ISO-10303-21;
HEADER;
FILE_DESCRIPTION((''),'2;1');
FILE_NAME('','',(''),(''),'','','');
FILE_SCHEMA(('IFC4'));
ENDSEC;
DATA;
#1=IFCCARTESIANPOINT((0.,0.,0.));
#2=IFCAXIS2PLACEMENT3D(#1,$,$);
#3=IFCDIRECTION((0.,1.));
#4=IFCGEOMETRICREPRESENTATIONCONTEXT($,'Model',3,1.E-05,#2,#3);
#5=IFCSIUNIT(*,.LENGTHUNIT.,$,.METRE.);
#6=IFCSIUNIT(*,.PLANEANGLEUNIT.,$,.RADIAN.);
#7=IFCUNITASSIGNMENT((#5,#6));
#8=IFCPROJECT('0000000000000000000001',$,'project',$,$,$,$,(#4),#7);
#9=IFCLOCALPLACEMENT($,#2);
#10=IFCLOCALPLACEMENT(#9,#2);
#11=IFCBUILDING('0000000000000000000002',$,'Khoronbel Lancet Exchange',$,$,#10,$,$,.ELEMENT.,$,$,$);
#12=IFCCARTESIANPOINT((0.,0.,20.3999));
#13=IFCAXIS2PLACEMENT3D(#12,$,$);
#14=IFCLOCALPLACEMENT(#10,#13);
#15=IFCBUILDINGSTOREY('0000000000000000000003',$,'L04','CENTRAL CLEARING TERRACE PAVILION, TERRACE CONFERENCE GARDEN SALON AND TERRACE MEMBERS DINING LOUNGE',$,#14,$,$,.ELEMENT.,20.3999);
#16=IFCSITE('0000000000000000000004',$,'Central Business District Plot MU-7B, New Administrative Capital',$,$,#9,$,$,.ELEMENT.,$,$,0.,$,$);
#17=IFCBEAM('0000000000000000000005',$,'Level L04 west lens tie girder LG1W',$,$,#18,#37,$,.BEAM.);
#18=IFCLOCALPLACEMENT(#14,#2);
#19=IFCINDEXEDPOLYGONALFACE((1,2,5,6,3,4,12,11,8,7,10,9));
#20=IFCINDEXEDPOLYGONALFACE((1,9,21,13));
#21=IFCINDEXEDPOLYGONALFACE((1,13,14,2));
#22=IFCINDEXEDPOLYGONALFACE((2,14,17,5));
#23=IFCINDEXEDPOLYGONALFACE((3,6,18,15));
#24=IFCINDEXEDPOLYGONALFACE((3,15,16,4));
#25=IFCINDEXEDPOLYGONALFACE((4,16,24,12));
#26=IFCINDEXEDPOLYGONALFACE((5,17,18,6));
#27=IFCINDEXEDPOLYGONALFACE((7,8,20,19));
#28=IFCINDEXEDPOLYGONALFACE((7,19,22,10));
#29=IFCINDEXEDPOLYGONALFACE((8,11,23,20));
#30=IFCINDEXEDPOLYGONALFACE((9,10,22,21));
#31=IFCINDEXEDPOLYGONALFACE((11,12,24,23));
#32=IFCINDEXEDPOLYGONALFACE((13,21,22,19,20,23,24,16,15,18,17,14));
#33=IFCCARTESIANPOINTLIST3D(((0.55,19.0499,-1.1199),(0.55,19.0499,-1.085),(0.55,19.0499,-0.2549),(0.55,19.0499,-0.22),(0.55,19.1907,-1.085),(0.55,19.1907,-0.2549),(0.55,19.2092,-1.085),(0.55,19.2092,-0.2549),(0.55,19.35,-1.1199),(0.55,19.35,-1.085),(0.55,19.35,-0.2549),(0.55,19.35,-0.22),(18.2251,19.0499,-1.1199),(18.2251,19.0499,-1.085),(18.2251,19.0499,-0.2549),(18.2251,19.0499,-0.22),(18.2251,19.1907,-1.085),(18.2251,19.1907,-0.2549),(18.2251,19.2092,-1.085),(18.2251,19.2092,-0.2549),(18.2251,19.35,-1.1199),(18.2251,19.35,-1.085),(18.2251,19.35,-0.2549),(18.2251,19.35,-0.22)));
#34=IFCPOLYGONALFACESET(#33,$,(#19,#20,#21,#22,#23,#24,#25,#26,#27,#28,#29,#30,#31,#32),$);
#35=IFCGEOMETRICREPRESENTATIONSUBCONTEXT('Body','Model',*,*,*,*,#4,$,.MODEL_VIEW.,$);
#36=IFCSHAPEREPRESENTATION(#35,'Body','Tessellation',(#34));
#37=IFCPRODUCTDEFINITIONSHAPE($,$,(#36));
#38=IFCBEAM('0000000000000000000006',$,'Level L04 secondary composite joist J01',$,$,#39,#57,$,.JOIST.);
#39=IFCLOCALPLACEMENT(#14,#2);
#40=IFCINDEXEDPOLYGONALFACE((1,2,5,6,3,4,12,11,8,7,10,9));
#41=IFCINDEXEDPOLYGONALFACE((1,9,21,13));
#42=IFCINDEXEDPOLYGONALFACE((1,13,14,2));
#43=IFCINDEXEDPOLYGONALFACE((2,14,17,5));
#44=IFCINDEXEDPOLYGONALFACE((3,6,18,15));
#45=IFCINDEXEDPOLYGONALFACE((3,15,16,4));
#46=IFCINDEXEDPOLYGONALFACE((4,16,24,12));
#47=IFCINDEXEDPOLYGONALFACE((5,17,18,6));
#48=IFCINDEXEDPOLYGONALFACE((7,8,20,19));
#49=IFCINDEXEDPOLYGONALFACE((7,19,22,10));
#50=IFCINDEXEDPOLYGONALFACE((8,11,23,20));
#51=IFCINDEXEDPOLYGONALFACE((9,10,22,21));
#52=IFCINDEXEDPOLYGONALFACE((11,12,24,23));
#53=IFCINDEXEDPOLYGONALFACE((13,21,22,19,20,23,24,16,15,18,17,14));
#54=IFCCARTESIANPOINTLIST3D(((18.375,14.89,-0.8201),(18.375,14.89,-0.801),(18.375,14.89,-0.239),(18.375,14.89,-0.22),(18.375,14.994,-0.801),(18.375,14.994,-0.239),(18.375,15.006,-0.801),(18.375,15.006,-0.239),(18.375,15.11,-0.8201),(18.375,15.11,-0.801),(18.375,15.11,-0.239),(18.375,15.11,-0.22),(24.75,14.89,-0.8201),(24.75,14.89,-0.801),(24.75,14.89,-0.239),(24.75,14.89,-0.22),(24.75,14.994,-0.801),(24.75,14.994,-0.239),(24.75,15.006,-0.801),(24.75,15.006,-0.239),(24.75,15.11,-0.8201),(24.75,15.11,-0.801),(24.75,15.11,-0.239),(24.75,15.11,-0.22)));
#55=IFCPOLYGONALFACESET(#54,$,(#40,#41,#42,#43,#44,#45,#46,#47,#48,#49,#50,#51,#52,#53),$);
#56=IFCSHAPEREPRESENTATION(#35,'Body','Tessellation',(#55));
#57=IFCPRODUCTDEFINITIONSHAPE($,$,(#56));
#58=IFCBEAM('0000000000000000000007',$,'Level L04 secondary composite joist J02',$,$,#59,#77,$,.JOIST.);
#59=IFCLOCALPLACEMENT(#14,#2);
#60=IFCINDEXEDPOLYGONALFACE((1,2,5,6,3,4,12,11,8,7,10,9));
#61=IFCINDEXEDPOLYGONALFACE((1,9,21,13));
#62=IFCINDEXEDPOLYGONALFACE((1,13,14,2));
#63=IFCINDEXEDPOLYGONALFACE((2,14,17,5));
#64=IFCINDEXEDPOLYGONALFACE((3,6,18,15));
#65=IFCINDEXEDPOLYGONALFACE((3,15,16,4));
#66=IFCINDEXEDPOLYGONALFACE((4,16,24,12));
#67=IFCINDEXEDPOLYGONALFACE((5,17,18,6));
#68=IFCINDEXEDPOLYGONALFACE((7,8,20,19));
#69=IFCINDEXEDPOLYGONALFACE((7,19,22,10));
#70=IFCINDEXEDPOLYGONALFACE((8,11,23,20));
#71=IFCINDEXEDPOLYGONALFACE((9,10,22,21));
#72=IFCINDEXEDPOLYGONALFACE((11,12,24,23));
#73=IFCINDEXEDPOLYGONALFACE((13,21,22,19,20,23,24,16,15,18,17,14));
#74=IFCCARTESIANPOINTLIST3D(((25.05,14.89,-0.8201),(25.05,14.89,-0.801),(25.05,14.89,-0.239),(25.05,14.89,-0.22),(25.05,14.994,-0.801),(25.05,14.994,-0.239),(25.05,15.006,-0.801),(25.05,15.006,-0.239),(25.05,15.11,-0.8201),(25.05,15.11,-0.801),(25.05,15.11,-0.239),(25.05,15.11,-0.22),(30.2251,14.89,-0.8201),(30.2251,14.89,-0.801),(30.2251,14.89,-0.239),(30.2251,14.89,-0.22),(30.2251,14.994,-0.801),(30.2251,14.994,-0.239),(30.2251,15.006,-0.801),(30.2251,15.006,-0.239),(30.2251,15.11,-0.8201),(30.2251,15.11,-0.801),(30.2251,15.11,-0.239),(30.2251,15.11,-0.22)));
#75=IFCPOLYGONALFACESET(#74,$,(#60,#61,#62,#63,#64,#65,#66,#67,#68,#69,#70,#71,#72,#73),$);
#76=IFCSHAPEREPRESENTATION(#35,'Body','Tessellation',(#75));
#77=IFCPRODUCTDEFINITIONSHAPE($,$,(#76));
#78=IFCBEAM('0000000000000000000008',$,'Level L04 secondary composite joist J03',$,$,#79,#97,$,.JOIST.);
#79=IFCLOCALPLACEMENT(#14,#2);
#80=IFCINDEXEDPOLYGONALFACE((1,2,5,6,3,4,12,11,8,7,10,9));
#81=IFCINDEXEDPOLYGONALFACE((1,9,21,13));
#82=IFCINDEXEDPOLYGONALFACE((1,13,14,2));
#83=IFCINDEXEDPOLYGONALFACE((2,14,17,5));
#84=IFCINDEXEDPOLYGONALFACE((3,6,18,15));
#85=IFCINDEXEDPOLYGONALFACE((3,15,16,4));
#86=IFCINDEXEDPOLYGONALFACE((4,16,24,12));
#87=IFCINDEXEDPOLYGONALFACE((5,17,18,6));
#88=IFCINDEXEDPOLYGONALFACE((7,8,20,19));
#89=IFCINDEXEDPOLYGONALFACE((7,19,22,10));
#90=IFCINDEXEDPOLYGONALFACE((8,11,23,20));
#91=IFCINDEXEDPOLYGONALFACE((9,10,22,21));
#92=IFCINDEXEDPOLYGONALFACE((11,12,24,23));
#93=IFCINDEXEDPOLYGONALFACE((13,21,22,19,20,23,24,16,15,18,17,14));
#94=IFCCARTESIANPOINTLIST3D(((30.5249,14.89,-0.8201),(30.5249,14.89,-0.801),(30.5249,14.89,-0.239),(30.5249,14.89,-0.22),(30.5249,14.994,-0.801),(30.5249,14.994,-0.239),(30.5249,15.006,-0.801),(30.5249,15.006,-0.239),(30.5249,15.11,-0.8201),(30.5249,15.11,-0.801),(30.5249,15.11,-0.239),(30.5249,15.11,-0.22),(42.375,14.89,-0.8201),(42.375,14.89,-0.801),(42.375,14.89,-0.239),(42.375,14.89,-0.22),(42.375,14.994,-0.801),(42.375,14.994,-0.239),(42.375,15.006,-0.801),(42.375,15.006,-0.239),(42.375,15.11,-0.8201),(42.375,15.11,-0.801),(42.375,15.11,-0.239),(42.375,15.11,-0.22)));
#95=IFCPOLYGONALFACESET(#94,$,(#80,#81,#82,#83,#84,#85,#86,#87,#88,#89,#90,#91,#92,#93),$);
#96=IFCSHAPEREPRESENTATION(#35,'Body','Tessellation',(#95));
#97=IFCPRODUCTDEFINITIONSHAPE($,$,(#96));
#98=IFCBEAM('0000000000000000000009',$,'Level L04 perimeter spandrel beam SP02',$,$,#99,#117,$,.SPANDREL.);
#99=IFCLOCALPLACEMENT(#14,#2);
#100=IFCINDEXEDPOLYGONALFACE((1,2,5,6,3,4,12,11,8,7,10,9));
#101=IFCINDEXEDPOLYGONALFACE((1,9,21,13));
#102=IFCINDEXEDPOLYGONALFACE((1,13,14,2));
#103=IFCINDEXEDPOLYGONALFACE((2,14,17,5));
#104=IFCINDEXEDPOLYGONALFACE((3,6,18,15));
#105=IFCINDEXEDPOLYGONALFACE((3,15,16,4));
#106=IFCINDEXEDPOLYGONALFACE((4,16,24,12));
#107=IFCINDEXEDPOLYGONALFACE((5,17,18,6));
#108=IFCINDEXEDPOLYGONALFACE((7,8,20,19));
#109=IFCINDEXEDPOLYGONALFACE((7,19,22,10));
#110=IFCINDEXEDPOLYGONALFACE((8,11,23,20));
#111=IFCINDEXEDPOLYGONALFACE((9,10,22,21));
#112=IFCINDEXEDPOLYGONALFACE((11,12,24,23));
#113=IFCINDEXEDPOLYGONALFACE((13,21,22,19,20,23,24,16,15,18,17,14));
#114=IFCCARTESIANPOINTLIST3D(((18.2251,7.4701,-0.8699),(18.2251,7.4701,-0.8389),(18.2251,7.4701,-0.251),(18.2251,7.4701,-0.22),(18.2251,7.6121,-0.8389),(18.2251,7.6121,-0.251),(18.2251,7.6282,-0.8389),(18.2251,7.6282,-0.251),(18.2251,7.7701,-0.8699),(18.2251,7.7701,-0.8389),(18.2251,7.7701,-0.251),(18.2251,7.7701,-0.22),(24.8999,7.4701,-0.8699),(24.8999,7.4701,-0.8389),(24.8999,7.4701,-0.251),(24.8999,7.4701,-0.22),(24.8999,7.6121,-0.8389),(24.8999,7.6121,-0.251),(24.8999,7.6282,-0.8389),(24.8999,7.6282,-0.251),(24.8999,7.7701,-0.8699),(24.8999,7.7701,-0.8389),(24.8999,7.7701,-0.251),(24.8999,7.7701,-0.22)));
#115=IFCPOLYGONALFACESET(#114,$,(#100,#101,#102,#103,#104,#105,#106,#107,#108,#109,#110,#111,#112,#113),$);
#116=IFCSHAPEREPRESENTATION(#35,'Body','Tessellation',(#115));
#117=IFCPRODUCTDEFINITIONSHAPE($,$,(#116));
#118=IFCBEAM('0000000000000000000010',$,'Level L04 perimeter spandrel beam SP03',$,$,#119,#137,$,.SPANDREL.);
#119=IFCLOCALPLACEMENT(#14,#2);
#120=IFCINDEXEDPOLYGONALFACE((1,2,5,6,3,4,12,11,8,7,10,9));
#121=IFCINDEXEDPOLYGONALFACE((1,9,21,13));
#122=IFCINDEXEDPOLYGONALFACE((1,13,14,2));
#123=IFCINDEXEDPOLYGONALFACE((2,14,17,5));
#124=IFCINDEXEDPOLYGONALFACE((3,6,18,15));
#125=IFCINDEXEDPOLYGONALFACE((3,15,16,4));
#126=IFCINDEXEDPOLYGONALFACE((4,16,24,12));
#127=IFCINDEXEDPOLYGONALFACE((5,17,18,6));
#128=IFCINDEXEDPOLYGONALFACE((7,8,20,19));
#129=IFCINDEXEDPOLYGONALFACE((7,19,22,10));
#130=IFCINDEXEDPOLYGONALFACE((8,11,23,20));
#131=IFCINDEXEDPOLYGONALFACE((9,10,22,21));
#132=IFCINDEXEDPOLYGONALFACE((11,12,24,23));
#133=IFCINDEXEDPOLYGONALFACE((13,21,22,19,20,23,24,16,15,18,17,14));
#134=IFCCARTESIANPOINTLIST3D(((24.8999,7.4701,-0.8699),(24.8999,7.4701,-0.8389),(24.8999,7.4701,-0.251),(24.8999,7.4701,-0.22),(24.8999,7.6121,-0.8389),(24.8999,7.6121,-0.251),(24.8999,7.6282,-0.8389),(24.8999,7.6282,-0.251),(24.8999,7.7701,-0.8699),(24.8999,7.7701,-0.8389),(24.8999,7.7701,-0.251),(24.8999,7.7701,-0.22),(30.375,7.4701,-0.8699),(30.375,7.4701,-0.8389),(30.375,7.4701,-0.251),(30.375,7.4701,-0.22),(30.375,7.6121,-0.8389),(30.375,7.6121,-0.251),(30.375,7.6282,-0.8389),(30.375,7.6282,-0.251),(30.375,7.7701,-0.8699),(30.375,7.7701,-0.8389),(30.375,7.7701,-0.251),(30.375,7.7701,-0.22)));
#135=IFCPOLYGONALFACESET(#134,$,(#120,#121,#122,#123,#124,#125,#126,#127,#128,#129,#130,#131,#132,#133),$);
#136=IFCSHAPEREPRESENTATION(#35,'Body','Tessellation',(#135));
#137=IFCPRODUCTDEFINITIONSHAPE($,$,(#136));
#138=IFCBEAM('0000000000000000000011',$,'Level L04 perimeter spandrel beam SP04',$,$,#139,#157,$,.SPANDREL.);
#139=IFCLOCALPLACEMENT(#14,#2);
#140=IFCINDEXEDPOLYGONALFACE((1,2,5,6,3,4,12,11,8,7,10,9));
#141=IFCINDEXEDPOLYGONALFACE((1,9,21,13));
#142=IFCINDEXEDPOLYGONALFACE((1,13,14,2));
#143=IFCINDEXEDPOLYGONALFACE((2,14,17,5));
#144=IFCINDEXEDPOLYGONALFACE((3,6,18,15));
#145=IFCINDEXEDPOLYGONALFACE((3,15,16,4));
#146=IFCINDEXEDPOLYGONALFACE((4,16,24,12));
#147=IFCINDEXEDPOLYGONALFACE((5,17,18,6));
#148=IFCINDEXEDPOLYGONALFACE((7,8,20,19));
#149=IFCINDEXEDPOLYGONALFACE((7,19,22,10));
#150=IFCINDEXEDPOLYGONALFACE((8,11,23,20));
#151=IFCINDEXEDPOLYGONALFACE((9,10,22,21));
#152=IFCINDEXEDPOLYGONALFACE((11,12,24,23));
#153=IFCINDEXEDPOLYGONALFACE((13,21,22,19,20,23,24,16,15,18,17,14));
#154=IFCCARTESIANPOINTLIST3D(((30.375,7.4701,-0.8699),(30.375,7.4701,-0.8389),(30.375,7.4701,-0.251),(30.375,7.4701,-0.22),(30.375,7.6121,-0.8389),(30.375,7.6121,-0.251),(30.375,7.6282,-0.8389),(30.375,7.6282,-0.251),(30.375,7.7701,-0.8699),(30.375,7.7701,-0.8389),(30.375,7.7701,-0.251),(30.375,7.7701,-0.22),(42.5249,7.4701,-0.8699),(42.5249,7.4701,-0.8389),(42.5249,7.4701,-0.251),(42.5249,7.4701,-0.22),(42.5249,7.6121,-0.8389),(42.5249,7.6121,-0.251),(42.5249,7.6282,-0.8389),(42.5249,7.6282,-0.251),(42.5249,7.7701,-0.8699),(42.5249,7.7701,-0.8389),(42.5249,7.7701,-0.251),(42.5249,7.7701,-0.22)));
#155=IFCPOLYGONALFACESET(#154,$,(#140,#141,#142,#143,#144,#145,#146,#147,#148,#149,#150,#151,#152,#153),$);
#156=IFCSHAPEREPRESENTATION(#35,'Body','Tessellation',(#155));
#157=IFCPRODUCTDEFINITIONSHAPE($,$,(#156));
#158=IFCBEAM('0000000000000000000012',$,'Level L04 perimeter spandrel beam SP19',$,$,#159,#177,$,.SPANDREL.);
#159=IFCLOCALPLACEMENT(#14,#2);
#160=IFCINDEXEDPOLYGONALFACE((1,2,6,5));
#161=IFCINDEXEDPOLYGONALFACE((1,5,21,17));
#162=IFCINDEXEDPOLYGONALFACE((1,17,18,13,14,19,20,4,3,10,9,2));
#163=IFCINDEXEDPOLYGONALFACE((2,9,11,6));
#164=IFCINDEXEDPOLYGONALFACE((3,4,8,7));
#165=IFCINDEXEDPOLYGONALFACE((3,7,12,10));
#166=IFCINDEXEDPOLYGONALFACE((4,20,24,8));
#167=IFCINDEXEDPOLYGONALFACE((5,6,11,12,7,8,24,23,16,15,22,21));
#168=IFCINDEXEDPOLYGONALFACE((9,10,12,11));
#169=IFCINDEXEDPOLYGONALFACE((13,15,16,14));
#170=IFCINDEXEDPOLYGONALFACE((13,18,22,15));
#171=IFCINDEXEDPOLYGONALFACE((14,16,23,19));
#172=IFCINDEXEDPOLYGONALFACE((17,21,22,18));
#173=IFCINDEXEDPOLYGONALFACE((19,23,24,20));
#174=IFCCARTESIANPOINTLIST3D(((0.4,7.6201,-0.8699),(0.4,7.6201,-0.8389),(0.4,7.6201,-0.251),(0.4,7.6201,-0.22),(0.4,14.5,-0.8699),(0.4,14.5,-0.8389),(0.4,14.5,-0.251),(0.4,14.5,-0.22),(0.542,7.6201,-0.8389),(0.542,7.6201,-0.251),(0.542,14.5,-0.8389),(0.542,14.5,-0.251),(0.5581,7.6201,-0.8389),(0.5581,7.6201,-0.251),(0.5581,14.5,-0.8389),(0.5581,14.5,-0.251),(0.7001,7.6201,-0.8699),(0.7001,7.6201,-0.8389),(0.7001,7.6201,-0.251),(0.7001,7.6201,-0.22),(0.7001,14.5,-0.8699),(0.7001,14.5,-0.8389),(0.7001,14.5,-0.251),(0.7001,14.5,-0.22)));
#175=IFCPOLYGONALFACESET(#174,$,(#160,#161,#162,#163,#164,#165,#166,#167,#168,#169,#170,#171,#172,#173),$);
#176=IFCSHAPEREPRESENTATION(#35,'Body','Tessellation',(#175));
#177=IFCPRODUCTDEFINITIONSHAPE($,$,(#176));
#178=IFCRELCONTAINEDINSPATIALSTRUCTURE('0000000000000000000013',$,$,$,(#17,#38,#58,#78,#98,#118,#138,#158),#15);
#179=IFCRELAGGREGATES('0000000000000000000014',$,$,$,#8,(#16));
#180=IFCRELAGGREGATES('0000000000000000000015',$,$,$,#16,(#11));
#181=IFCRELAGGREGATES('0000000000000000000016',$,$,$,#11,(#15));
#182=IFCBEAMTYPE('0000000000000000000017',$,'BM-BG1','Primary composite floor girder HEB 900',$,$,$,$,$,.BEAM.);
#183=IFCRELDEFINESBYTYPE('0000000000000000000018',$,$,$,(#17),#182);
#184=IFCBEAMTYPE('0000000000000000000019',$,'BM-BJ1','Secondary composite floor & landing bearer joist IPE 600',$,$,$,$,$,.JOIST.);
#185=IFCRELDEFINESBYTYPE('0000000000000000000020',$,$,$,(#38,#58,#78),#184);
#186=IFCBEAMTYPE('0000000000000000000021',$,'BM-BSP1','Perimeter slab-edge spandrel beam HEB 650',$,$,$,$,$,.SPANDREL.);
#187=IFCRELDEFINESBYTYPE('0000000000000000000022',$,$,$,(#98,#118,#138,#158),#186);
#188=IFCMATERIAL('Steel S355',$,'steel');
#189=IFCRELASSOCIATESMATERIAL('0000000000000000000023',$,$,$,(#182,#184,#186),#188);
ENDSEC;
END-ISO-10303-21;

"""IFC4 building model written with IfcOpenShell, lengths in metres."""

from ifc_helpers import new_model, si_unit, direction, frame, origin, origin_2d, place, context, subcontext, project, spatial, i_section, extrude, material, material_profile, profile_set, type_object, element, save


model = new_model("IFC4")

# Units and contexts
model_context = context("Model", 3, precision=1e-05, world=origin(), true_north=direction((0.0, 1.0)))
body_context = subcontext(model_context, "Body", "Model", "MODEL_VIEW")
ifc_project = project(units=[si_unit("LENGTHUNIT", "METRE"), si_unit("PLANEANGLEUNIT", "RADIAN")], contexts=[model_context])

# Site, building, storey
site_placement = place(None, origin())
site = spatial("IfcSite", under=ifc_project, at=site_placement, Name="Central Business District Plot MU-7B, New Administrative Capital", CompositionType="ELEMENT", RefElevation=0.0)
building_placement = place(site_placement, origin())
building = spatial("IfcBuilding", under=site, at=building_placement, Name="Khoronbel Lancet Exchange", CompositionType="ELEMENT")
storey_placement = place(building_placement, frame((0.0, 0.0, 20.3999)))
storey = spatial("IfcBuildingStorey", under=building, at=storey_placement, Name="L04", Description="CENTRAL CLEARING TERRACE PAVILION, TERRACE CONFERENCE GARDEN SALON AND TERRACE MEMBERS DINING LOUNGE", CompositionType="ELEMENT", Elevation=20.3999)

# Shared definitions
ifc_material_1 = material(Name="Steel S355", Category="steel")

# Beams
ifc_material_profile_1 = material_profile(ifc_material_1, i_section(OverallWidth=0.3, OverallDepth=0.8999, WebThickness=0.0186, FlangeThickness=0.0349, at=origin_2d()), Name="HEB 900")
ifc_profile_set_1 = profile_set([ifc_material_profile_1], Name="Steel S355")
beam_type_1 = type_object("IfcBeamType", Name="BM-BG1", Description="Primary composite floor girder HEB 900", PredefinedType="BEAM", material=ifc_profile_set_1)
beam_1_placement = place(storey_placement, frame((0.55, 19.2, -0.6699), z_axis=(1.0, 0.0, 0.0), x_axis=(0.0, 1.0, 0.0)))
element("IfcBeam", 1, at=beam_1_placement, inside=storey, type_object=beam_type_1, Name="Level L04 west lens tie girder LG1W", PredefinedType="BEAM", context=body_context, shape_type="SweptSolid", body=[
    extrude(i_section(OverallWidth=0.3, OverallDepth=0.8999, WebThickness=0.0186, FlangeThickness=0.0349, at=origin_2d()), origin(), (0.0, 0.0, 1.0), 17.675),
])
ifc_material_profile_2 = material_profile(ifc_material_1, i_section(OverallWidth=0.22, OverallDepth=0.6001, WebThickness=0.012, FlangeThickness=0.019, at=origin_2d()), Name="IPE 600")
ifc_profile_set_2 = profile_set([ifc_material_profile_2], Name="Steel S355")
beam_type_2 = type_object("IfcBeamType", Name="BM-BJ1", Description="Secondary composite floor & landing bearer joist IPE 600", PredefinedType="JOIST", material=ifc_profile_set_2)
beam_2_placement = place(storey_placement, frame((18.375, 15.0, -0.52), z_axis=(1.0, 0.0, 0.0), x_axis=(0.0, 1.0, 0.0)))
element("IfcBeam", 2, at=beam_2_placement, inside=storey, type_object=beam_type_2, Name="Level L04 secondary composite joist J01", PredefinedType="JOIST", context=body_context, shape_type="SweptSolid", body=[
    extrude(i_section(OverallWidth=0.22, OverallDepth=0.6001, WebThickness=0.012, FlangeThickness=0.019, at=origin_2d()), origin(), (0.0, 0.0, 1.0), 6.375),
])
beam_3_placement = place(storey_placement, frame((25.05, 15.0, -0.52), z_axis=(1.0, 0.0, 0.0), x_axis=(0.0, 1.0, 0.0)))
element("IfcBeam", 3, at=beam_3_placement, inside=storey, type_object=beam_type_2, Name="Level L04 secondary composite joist J02", PredefinedType="JOIST", context=body_context, shape_type="SweptSolid", body=[
    extrude(i_section(OverallWidth=0.22, OverallDepth=0.6001, WebThickness=0.012, FlangeThickness=0.019, at=origin_2d()), origin(), (0.0, 0.0, 1.0), 5.175),
])
beam_4_placement = place(storey_placement, frame((30.5249, 15.0, -0.52), z_axis=(1.0, 0.0, 0.0), x_axis=(0.0, 1.0, 0.0)))
element("IfcBeam", 4, at=beam_4_placement, inside=storey, type_object=beam_type_2, Name="Level L04 secondary composite joist J03", PredefinedType="JOIST", context=body_context, shape_type="SweptSolid", body=[
    extrude(i_section(OverallWidth=0.22, OverallDepth=0.6001, WebThickness=0.012, FlangeThickness=0.019, at=origin_2d()), origin(), (0.0, 0.0, 1.0), 11.8501),
])
ifc_material_profile_3 = material_profile(ifc_material_1, i_section(OverallWidth=0.3, OverallDepth=0.6499, WebThickness=0.0161, FlangeThickness=0.031, at=origin_2d()), Name="HEB 650")
ifc_profile_set_3 = profile_set([ifc_material_profile_3], Name="Steel S355")
beam_type_3 = type_object("IfcBeamType", Name="BM-BSP1", Description="Perimeter slab-edge spandrel beam HEB 650", PredefinedType="SPANDREL", material=ifc_profile_set_3)
beam_5_placement = place(storey_placement, frame((18.2251, 7.6201, -0.5449), z_axis=(1.0, 0.0, 0.0), x_axis=(0.0, 1.0, 0.0)))
element("IfcBeam", 5, at=beam_5_placement, inside=storey, type_object=beam_type_3, Name="Level L04 perimeter spandrel beam SP02", PredefinedType="SPANDREL", context=body_context, shape_type="SweptSolid", body=[
    extrude(i_section(OverallWidth=0.3, OverallDepth=0.6499, WebThickness=0.0161, FlangeThickness=0.031, at=origin_2d()), origin(), (0.0, 0.0, 1.0), 6.6748),
])
beam_6_placement = place(storey_placement, frame((24.8999, 7.6201, -0.5449), z_axis=(1.0, 0.0, 0.0), x_axis=(0.0, 1.0, 0.0)))
element("IfcBeam", 6, at=beam_6_placement, inside=storey, type_object=beam_type_3, Name="Level L04 perimeter spandrel beam SP03", PredefinedType="SPANDREL", context=body_context, shape_type="SweptSolid", body=[
    extrude(i_section(OverallWidth=0.3, OverallDepth=0.6499, WebThickness=0.0161, FlangeThickness=0.031, at=origin_2d()), origin(), (0.0, 0.0, 1.0), 5.4751),
])
beam_7_placement = place(storey_placement, frame((30.375, 7.6201, -0.5449), z_axis=(1.0, 0.0, 0.0), x_axis=(0.0, 1.0, 0.0)))
element("IfcBeam", 7, at=beam_7_placement, inside=storey, type_object=beam_type_3, Name="Level L04 perimeter spandrel beam SP04", PredefinedType="SPANDREL", context=body_context, shape_type="SweptSolid", body=[
    extrude(i_section(OverallWidth=0.3, OverallDepth=0.6499, WebThickness=0.0161, FlangeThickness=0.031, at=origin_2d()), origin(), (0.0, 0.0, 1.0), 12.1499),
])
beam_8_placement = place(storey_placement, frame((0.55, 14.5, -0.5449), z_axis=(0.0, -1.0, 0.0), x_axis=(1.0, 0.0, 0.0)))
element("IfcBeam", 8, at=beam_8_placement, inside=storey, type_object=beam_type_3, Name="Level L04 perimeter spandrel beam SP19", PredefinedType="SPANDREL", context=body_context, shape_type="SweptSolid", body=[
    extrude(i_section(OverallWidth=0.3, OverallDepth=0.6499, WebThickness=0.0161, FlangeThickness=0.031, at=origin_2d()), origin(), (0.0, 0.0, 1.0), 6.8799),
])

save(model, "model.ifc")
